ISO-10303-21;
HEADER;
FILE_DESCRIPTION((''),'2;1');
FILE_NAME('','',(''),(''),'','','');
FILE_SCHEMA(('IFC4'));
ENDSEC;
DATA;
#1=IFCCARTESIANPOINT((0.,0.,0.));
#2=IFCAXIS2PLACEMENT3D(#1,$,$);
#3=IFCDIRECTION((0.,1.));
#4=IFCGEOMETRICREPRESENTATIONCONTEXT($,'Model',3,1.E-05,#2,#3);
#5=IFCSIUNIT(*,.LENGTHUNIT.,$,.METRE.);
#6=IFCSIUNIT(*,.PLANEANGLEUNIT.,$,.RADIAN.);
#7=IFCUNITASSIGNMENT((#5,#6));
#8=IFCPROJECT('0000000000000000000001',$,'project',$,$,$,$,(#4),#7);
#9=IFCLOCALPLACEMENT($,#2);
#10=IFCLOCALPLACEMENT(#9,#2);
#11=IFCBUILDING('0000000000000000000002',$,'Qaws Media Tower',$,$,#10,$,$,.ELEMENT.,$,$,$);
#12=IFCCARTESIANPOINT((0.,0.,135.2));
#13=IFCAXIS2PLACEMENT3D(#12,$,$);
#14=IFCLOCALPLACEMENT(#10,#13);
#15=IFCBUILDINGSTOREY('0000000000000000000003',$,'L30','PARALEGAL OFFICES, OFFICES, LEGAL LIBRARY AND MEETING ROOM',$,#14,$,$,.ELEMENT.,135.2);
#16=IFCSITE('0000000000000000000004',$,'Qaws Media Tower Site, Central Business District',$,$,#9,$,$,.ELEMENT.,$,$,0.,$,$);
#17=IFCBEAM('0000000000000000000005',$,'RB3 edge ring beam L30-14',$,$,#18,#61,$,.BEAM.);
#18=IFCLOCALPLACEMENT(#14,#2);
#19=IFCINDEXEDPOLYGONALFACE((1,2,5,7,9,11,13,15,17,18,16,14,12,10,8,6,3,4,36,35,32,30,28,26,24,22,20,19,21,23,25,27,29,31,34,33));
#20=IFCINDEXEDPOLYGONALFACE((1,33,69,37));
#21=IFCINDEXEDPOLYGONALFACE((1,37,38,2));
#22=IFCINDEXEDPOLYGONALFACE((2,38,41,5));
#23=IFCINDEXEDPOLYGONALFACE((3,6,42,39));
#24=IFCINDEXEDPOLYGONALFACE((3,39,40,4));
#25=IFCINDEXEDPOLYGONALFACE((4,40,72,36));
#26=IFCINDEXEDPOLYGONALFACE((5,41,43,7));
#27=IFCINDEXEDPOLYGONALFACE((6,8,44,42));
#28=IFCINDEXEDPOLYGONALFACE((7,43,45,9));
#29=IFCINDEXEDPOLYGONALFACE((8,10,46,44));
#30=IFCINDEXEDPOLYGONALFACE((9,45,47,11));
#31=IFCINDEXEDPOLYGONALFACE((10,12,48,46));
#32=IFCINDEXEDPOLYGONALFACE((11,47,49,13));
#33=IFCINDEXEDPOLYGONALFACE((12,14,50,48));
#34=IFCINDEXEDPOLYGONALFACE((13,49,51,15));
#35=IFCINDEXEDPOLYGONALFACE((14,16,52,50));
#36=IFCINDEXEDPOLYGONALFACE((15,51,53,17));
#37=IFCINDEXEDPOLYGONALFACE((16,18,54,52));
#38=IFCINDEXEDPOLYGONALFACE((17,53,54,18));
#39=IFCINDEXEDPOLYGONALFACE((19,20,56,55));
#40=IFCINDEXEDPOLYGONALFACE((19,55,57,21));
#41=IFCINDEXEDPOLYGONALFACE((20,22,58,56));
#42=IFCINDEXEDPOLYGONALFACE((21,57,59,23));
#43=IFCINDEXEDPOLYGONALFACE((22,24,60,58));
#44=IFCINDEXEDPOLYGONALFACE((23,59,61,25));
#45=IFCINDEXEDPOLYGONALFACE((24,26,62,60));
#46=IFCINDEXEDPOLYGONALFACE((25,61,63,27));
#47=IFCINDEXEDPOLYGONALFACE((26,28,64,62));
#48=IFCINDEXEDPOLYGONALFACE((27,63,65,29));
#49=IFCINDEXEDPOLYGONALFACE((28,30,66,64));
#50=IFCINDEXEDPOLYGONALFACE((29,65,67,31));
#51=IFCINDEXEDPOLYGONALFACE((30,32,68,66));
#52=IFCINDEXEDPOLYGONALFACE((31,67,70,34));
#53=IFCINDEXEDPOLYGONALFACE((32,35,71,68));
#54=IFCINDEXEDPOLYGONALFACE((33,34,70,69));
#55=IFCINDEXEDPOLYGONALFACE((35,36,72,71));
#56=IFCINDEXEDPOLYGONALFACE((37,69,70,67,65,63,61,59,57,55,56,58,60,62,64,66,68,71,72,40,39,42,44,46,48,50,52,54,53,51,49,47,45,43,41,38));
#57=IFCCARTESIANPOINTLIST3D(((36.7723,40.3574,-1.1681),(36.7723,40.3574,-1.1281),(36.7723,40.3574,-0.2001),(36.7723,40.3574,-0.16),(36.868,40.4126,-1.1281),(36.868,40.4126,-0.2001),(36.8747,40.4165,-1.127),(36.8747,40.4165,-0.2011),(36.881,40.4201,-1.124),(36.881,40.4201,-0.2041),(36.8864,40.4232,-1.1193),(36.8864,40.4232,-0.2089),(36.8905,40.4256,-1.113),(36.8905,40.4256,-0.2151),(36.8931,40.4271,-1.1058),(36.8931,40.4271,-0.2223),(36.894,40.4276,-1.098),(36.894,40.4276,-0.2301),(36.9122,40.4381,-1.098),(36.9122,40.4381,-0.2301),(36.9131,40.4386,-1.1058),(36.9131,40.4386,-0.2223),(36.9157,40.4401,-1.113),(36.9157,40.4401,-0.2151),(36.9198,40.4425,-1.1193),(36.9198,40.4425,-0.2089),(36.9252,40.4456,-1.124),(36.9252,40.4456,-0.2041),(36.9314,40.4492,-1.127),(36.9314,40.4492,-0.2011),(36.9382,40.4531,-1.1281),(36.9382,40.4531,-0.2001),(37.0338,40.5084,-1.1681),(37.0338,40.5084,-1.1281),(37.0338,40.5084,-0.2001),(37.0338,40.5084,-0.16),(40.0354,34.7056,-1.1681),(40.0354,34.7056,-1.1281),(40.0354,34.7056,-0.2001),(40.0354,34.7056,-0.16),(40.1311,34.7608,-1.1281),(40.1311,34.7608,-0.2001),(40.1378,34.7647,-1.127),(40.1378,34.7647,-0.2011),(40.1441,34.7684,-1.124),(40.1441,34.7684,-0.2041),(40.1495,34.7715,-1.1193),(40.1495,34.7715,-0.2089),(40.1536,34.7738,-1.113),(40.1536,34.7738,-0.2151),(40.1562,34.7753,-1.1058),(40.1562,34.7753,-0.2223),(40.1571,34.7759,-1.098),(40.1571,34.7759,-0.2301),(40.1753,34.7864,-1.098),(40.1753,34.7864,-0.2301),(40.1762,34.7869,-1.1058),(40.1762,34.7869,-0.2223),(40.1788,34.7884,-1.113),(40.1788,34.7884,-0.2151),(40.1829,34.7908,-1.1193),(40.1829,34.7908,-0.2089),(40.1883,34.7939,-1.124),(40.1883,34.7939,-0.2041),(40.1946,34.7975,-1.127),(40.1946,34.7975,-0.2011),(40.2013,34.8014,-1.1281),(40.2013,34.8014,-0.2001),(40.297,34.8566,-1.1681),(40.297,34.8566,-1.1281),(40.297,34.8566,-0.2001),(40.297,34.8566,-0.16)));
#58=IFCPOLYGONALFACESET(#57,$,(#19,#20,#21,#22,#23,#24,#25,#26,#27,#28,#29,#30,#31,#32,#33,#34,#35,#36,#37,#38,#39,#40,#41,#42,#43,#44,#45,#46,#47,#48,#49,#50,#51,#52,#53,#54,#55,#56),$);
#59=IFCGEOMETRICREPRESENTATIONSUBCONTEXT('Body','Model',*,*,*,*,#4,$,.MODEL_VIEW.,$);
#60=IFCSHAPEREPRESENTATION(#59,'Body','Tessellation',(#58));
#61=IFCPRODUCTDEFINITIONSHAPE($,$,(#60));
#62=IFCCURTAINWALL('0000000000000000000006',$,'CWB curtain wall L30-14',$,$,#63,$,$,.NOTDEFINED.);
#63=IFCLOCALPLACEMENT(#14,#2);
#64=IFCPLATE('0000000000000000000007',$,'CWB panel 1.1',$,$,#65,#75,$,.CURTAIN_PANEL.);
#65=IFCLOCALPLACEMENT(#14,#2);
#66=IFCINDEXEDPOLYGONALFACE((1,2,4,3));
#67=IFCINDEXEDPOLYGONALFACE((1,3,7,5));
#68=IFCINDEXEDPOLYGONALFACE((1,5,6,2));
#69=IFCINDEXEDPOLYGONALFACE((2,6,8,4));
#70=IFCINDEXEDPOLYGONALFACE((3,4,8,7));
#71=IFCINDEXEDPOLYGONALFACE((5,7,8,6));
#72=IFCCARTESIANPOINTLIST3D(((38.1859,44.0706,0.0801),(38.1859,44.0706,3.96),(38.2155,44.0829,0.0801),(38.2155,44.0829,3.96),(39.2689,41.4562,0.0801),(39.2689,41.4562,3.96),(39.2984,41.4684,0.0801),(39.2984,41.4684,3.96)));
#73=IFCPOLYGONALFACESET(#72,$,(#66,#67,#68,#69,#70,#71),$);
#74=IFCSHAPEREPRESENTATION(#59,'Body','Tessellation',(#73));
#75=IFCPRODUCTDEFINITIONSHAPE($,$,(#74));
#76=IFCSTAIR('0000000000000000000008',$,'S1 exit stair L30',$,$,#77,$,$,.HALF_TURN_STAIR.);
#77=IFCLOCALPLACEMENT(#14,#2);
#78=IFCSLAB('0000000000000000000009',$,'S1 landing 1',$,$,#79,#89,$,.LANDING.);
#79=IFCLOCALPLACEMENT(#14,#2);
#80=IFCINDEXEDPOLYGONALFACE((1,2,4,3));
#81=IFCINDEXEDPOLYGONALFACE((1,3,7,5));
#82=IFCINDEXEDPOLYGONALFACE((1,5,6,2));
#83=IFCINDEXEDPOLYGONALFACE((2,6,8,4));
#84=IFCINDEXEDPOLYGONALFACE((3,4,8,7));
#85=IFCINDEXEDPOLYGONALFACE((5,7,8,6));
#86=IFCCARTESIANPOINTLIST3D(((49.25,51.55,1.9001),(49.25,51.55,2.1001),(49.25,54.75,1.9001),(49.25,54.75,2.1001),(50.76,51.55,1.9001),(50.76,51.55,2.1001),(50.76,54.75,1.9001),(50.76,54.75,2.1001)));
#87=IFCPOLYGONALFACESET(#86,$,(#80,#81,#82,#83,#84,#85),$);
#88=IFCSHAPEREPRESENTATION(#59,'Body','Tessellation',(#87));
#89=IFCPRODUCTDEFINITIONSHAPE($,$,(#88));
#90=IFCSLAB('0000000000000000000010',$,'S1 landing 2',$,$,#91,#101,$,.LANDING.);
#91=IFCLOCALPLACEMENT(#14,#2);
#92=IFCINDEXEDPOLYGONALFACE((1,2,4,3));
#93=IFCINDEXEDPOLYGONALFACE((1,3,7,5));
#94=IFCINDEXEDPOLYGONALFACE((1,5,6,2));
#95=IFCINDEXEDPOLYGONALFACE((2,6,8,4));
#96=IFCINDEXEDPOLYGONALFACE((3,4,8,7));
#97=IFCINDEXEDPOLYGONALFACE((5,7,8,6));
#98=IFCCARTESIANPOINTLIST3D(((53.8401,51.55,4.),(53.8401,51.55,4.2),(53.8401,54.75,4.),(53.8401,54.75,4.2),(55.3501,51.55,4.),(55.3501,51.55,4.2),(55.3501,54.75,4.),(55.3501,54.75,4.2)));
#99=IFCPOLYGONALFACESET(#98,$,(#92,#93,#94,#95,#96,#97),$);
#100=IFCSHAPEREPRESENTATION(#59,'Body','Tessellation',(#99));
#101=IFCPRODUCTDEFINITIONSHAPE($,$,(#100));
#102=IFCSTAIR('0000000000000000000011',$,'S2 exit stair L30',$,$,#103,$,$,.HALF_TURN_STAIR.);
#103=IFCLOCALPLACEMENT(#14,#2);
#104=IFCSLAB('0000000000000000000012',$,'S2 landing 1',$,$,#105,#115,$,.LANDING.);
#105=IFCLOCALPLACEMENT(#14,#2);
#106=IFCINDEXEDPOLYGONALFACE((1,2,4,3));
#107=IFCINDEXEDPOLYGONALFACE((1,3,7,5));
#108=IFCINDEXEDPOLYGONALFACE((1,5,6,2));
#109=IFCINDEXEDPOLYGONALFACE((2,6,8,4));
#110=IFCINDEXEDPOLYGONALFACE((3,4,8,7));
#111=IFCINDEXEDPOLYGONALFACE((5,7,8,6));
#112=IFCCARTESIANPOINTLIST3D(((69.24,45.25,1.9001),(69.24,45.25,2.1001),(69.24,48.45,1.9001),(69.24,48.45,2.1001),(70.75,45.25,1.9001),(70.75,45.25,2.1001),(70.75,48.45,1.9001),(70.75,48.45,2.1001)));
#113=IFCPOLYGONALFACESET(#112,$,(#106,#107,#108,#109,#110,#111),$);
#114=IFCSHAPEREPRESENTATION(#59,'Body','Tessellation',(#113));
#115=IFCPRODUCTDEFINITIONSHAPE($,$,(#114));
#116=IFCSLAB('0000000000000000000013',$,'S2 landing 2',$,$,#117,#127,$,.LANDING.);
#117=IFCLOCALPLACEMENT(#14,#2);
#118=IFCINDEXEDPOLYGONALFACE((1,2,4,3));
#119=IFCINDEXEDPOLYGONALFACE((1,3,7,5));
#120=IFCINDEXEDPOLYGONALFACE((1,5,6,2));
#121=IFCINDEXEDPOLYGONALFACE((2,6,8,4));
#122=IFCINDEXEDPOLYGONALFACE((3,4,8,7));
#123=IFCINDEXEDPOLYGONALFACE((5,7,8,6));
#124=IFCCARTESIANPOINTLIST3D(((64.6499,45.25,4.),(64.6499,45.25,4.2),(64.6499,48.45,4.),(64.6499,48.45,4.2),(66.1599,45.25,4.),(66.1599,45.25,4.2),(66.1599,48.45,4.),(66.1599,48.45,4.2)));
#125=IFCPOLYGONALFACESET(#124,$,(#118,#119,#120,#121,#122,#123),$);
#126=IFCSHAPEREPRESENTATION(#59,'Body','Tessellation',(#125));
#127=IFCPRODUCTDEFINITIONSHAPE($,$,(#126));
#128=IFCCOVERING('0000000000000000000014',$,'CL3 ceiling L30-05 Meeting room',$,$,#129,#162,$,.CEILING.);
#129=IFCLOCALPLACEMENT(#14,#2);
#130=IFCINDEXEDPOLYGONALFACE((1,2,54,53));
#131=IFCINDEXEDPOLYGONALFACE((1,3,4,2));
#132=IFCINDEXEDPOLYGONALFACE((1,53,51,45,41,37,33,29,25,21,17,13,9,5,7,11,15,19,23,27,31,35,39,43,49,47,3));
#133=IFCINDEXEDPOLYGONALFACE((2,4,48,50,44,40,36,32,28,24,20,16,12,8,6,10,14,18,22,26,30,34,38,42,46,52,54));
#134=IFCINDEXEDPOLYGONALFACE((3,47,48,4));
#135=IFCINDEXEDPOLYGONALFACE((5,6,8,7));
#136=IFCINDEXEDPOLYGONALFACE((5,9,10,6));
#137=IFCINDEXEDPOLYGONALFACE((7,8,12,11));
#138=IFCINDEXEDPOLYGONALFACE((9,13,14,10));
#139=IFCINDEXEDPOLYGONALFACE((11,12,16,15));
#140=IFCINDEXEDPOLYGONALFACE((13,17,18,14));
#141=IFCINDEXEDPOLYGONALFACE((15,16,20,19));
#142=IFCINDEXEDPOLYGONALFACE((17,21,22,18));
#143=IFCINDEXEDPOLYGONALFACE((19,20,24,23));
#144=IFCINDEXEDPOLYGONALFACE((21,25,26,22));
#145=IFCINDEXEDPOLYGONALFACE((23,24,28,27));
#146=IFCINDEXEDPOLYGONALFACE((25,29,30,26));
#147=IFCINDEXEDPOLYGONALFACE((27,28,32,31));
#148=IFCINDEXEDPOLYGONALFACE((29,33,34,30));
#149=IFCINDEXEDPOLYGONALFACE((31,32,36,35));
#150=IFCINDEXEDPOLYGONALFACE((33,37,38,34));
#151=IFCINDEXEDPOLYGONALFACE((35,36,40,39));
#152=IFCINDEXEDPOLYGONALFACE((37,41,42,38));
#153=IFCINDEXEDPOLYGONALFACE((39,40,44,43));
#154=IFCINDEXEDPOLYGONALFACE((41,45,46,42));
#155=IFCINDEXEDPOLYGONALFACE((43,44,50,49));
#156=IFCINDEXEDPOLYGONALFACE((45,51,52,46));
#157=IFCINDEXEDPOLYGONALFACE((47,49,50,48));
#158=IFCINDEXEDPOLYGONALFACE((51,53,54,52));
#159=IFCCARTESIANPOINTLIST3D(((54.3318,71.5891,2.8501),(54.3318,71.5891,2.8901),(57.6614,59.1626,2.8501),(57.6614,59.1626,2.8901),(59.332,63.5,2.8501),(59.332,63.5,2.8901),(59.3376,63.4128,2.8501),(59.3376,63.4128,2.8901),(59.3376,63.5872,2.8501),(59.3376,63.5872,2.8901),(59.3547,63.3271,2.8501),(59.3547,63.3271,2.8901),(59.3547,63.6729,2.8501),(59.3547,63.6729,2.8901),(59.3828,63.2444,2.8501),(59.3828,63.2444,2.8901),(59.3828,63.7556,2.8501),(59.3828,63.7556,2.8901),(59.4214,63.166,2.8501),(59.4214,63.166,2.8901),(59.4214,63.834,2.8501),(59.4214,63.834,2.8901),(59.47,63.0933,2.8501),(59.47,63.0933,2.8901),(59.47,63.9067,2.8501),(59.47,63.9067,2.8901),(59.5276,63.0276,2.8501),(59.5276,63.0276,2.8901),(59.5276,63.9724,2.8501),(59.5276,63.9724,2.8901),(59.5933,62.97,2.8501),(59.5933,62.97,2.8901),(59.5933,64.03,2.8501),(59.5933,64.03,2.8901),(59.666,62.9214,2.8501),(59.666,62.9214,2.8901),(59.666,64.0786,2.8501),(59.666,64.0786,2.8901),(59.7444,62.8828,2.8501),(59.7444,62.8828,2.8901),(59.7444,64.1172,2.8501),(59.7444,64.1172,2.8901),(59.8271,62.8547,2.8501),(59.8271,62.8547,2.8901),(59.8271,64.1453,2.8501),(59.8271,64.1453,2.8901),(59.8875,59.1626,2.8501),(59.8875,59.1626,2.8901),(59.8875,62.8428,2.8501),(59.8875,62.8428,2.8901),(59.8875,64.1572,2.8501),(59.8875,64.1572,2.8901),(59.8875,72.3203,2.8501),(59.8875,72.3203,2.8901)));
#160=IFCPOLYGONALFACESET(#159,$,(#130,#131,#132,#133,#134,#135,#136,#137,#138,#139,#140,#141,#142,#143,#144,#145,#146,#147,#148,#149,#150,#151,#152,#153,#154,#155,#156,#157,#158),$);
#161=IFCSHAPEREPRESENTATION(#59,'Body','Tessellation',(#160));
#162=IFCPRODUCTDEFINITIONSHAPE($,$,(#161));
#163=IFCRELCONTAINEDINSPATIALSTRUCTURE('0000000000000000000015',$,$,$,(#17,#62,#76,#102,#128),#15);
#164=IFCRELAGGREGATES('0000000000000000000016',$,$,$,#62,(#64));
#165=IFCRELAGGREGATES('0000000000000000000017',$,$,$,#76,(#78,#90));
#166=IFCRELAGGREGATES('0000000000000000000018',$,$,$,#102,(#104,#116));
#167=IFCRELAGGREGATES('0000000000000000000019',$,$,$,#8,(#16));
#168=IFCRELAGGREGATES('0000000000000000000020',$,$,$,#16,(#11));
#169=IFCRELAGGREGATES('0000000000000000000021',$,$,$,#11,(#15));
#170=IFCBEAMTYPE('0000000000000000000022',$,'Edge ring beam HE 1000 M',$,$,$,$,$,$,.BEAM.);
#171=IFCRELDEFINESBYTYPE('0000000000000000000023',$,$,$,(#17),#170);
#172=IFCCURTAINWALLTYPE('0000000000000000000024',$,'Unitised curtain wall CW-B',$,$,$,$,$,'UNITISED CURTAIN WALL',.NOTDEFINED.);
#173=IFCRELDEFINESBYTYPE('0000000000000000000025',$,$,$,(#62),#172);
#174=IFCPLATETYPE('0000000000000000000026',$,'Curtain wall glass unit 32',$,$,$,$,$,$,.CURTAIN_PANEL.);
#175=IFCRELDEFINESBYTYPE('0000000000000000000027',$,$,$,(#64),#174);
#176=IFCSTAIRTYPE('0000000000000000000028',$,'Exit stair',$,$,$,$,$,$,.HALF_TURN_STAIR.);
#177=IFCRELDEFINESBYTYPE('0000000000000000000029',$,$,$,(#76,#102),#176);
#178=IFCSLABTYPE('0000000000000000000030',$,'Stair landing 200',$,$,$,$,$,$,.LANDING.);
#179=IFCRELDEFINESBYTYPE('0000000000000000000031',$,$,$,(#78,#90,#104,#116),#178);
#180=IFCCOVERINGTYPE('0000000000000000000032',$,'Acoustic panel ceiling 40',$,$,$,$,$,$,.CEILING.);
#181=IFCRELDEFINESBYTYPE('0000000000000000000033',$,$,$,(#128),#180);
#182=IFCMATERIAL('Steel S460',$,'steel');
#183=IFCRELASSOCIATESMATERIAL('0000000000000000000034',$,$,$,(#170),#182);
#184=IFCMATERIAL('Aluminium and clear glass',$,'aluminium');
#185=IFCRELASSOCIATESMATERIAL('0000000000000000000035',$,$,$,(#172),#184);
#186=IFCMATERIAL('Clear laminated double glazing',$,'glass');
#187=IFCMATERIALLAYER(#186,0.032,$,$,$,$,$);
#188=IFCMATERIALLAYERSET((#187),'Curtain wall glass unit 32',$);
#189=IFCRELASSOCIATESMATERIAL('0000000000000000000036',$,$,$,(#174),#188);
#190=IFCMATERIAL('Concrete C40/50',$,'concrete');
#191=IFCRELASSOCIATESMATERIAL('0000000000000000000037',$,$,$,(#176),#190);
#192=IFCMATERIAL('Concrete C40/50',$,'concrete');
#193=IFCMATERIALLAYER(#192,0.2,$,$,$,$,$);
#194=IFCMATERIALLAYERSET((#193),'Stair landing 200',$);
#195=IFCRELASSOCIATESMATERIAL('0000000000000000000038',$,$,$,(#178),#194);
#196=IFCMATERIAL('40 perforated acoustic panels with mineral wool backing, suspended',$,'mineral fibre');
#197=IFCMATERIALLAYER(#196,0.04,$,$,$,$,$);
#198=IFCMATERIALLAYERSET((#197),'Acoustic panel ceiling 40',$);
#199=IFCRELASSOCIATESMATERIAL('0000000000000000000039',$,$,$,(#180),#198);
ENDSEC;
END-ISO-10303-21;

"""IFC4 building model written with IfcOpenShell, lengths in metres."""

from ifc_helpers import new_model, si_unit, direction, frame, origin, origin_2d, place, context, subcontext, project, spatial, polyline, rectangle, i_section, outline, extrude, material, layer, layer_set, material_profile, profile_set, type_object, element, aggregate, save


model = new_model("IFC4")

# Units and contexts
model_context = context("Model", 3, precision=1e-05, world=origin(), true_north=direction((0.0, 1.0)))
body_context = subcontext(model_context, "Body", "Model", "MODEL_VIEW")
ifc_project = project(units=[si_unit("LENGTHUNIT", "METRE"), si_unit("PLANEANGLEUNIT", "RADIAN")], contexts=[model_context])

# Site, building, storey
site_placement = place(None, origin())
site = spatial("IfcSite", under=ifc_project, at=site_placement, Name="Qaws Media Tower Site, Central Business District", CompositionType="ELEMENT", RefElevation=0.0)
building_placement = place(site_placement, origin())
building = spatial("IfcBuilding", under=site, at=building_placement, Name="Qaws Media Tower", CompositionType="ELEMENT")
storey_placement = place(building_placement, frame((0.0, 0.0, 135.2)))
storey = spatial("IfcBuildingStorey", under=building, at=storey_placement, Name="L30", Description="PARALEGAL OFFICES, OFFICES, LEGAL LIBRARY AND MEETING ROOM", CompositionType="ELEMENT", Elevation=135.2)

# Beam
ifc_material_1 = material(Name="Steel S460", Category="steel")
ifc_material_profile_1 = material_profile(ifc_material_1, i_section(OverallWidth=0.302, OverallDepth=1.0081, WebThickness=0.021, FlangeThickness=0.04, FilletRadius=0.03, at=origin_2d()), Name="HE 1000 M")
ifc_profile_set_1 = profile_set([ifc_material_profile_1], Name="Steel S460")
beam_type = type_object("IfcBeamType", Name="Edge ring beam HE 1000 M", PredefinedType="BEAM", material=ifc_profile_set_1)
beam_placement = place(storey_placement, frame((36.9031, 40.4329, -0.6641), z_axis=(0.50001, -0.86602, 0.0), x_axis=(0.86602, 0.50001, 0.0)))
element("IfcBeam", 1, at=beam_placement, inside=storey, type_object=beam_type, Name="RB3 edge ring beam L30-14", PredefinedType="BEAM", context=body_context, shape_type="SweptSolid", body=[
    extrude(i_section(OverallWidth=0.302, OverallDepth=1.0081, WebThickness=0.021, FlangeThickness=0.04, FilletRadius=0.03, at=origin_2d()), origin(), (0.0, 0.0, 1.0), 6.5261),
])

# Curtain wall, plate
ifc_material_2 = material(Name="Aluminium and clear glass", Category="aluminium")
curtain_wall_type = type_object("IfcCurtainWallType", Name="Unitised curtain wall CW-B", ElementType="UNITISED CURTAIN WALL", PredefinedType="NOTDEFINED", material=ifc_material_2)
curtain_wall_placement = place(storey_placement, origin())
curtain_wall = element("IfcCurtainWall", 2, at=curtain_wall_placement, inside=storey, type_object=curtain_wall_type, Name="CWB curtain wall L30-14", PredefinedType="NOTDEFINED")
ifc_material_3 = material(Name="Clear laminated double glazing", Category="glass")
ifc_layer_1 = layer(ifc_material_3, 0.032)
ifc_layer_set_1 = layer_set([ifc_layer_1], Name="Curtain wall glass unit 32")
plate_type = type_object("IfcPlateType", Name="Curtain wall glass unit 32", PredefinedType="CURTAIN_PANEL", material=ifc_layer_set_1)
plate_placement = place(storey_placement, frame((38.7422, 42.7695, 0.0801), z_axis=(0.0, 0.0, 1.0), x_axis=(0.382683, -0.92388, 0.0)))
plate = element("IfcPlate", 3, at=plate_placement, type_object=plate_type, Name="CWB panel 1.1", PredefinedType="CURTAIN_PANEL", context=body_context, shape_type="SweptSolid", body=[
    extrude(rectangle(XDim=2.8298, YDim=0.032, at=origin_2d()), origin(), (0.0, 0.0, 1.0), 3.8799),
])
aggregate(curtain_wall, [plate])

# Stairs, slabs
ifc_material_4 = material(Name="Concrete C40/50", Category="concrete")
stair_type = type_object("IfcStairType", Name="Exit stair", PredefinedType="HALF_TURN_STAIR", material=ifc_material_4)
stair_1_placement = place(storey_placement, origin())
stair_1 = element("IfcStair", 4, at=stair_1_placement, inside=storey, type_object=stair_type, Name="S1 exit stair L30", PredefinedType="HALF_TURN_STAIR")
ifc_material_5 = material(Name="Concrete C40/50", Category="concrete")
ifc_layer_2 = layer(ifc_material_5, 0.2)
ifc_layer_set_2 = layer_set([ifc_layer_2], Name="Stair landing 200")
slab_type = type_object("IfcSlabType", Name="Stair landing 200", PredefinedType="LANDING", material=ifc_layer_set_2)
slab_1_placement = place(storey_placement, frame((0.0, 0.0, 1.9001)))
slab_1 = element("IfcSlab", 5, at=slab_1_placement, type_object=slab_type, Name="S1 landing 1", PredefinedType="LANDING", context=body_context, shape_type="SweptSolid", body=[
    extrude(outline(polyline([(49.25, 51.55), (50.76, 51.55), (50.76, 54.75), (49.25, 54.75), (49.25, 51.55)])), origin(), (0.0, 0.0, 1.0), 0.2),
])
slab_2_placement = place(storey_placement, frame((0.0, 0.0, 4.0)))
slab_2 = element("IfcSlab", 6, at=slab_2_placement, type_object=slab_type, Name="S1 landing 2", PredefinedType="LANDING", context=body_context, shape_type="SweptSolid", body=[
    extrude(outline(polyline([(53.8401, 51.55), (55.3501, 51.55), (55.3501, 54.75), (53.8401, 54.75), (53.8401, 51.55)])), origin(), (0.0, 0.0, 1.0), 0.2),
])
aggregate(stair_1, [slab_1, slab_2])
stair_2_placement = place(storey_placement, origin())
stair_2 = element("IfcStair", 7, at=stair_2_placement, inside=storey, type_object=stair_type, Name="S2 exit stair L30", PredefinedType="HALF_TURN_STAIR")
slab_3_placement = place(storey_placement, frame((0.0, 0.0, 1.9001)))
slab_3 = element("IfcSlab", 8, at=slab_3_placement, type_object=slab_type, Name="S2 landing 1", PredefinedType="LANDING", context=body_context, shape_type="SweptSolid", body=[
    extrude(outline(polyline([(69.24, 45.25), (70.75, 45.25), (70.75, 48.45), (69.24, 48.45), (69.24, 45.25)])), origin(), (0.0, 0.0, 1.0), 0.2),
])
slab_4_placement = place(storey_placement, frame((0.0, 0.0, 4.0)))
slab_4 = element("IfcSlab", 9, at=slab_4_placement, type_object=slab_type, Name="S2 landing 2", PredefinedType="LANDING", context=body_context, shape_type="SweptSolid", body=[
    extrude(outline(polyline([(64.6499, 45.25), (66.1599, 45.25), (66.1599, 48.45), (64.6499, 48.45), (64.6499, 45.25)])), origin(), (0.0, 0.0, 1.0), 0.2),
])
aggregate(stair_2, [slab_3, slab_4])

# Covering
ifc_material_6 = material(Name="40 perforated acoustic panels with mineral wool backing, suspended", Category="mineral fibre")
ifc_layer_3 = layer(ifc_material_6, 0.04)
ifc_layer_set_3 = layer_set([ifc_layer_3], Name="Acoustic panel ceiling 40")
covering_type_1 = type_object("IfcCoveringType", Name="Acoustic panel ceiling 40", PredefinedType="CEILING", material=ifc_layer_set_3)
covering_1_placement = place(storey_placement, frame((0.0, 0.0, 2.8501)))
element("IfcCovering", 10, at=covering_1_placement, inside=storey, type_object=covering_type_1, Name="CL3 ceiling L30-05 Meeting room", PredefinedType="CEILING", context=body_context, shape_type="SweptSolid", body=[
    extrude(outline(polyline([(59.8875, 72.3203), (59.8875, 64.1572), (59.8271, 64.1453), (59.7444, 64.1172), (59.666, 64.0786), (59.5933, 64.03), (59.5276, 63.9724), (59.47, 63.9067), (59.4214, 63.834), (59.3828, 63.7556), (59.3547, 63.6729), (59.3376, 63.5872), (59.332, 63.5), (59.3376, 63.4128), (59.3547, 63.3271), (59.3828, 63.2444), (59.4214, 63.166), (59.47, 63.0933), (59.5276, 63.0276), (59.5933, 62.97), (59.666, 62.9214), (59.7444, 62.8828), (59.8271, 62.8547), (59.8875, 62.8428), (59.8875, 59.1626), (57.6614, 59.1626), (54.3318, 71.5891), (59.8875, 72.3203)])), origin(), (0.0, 0.0, 1.0), 0.04),
])

save(model, "model.ifc")
